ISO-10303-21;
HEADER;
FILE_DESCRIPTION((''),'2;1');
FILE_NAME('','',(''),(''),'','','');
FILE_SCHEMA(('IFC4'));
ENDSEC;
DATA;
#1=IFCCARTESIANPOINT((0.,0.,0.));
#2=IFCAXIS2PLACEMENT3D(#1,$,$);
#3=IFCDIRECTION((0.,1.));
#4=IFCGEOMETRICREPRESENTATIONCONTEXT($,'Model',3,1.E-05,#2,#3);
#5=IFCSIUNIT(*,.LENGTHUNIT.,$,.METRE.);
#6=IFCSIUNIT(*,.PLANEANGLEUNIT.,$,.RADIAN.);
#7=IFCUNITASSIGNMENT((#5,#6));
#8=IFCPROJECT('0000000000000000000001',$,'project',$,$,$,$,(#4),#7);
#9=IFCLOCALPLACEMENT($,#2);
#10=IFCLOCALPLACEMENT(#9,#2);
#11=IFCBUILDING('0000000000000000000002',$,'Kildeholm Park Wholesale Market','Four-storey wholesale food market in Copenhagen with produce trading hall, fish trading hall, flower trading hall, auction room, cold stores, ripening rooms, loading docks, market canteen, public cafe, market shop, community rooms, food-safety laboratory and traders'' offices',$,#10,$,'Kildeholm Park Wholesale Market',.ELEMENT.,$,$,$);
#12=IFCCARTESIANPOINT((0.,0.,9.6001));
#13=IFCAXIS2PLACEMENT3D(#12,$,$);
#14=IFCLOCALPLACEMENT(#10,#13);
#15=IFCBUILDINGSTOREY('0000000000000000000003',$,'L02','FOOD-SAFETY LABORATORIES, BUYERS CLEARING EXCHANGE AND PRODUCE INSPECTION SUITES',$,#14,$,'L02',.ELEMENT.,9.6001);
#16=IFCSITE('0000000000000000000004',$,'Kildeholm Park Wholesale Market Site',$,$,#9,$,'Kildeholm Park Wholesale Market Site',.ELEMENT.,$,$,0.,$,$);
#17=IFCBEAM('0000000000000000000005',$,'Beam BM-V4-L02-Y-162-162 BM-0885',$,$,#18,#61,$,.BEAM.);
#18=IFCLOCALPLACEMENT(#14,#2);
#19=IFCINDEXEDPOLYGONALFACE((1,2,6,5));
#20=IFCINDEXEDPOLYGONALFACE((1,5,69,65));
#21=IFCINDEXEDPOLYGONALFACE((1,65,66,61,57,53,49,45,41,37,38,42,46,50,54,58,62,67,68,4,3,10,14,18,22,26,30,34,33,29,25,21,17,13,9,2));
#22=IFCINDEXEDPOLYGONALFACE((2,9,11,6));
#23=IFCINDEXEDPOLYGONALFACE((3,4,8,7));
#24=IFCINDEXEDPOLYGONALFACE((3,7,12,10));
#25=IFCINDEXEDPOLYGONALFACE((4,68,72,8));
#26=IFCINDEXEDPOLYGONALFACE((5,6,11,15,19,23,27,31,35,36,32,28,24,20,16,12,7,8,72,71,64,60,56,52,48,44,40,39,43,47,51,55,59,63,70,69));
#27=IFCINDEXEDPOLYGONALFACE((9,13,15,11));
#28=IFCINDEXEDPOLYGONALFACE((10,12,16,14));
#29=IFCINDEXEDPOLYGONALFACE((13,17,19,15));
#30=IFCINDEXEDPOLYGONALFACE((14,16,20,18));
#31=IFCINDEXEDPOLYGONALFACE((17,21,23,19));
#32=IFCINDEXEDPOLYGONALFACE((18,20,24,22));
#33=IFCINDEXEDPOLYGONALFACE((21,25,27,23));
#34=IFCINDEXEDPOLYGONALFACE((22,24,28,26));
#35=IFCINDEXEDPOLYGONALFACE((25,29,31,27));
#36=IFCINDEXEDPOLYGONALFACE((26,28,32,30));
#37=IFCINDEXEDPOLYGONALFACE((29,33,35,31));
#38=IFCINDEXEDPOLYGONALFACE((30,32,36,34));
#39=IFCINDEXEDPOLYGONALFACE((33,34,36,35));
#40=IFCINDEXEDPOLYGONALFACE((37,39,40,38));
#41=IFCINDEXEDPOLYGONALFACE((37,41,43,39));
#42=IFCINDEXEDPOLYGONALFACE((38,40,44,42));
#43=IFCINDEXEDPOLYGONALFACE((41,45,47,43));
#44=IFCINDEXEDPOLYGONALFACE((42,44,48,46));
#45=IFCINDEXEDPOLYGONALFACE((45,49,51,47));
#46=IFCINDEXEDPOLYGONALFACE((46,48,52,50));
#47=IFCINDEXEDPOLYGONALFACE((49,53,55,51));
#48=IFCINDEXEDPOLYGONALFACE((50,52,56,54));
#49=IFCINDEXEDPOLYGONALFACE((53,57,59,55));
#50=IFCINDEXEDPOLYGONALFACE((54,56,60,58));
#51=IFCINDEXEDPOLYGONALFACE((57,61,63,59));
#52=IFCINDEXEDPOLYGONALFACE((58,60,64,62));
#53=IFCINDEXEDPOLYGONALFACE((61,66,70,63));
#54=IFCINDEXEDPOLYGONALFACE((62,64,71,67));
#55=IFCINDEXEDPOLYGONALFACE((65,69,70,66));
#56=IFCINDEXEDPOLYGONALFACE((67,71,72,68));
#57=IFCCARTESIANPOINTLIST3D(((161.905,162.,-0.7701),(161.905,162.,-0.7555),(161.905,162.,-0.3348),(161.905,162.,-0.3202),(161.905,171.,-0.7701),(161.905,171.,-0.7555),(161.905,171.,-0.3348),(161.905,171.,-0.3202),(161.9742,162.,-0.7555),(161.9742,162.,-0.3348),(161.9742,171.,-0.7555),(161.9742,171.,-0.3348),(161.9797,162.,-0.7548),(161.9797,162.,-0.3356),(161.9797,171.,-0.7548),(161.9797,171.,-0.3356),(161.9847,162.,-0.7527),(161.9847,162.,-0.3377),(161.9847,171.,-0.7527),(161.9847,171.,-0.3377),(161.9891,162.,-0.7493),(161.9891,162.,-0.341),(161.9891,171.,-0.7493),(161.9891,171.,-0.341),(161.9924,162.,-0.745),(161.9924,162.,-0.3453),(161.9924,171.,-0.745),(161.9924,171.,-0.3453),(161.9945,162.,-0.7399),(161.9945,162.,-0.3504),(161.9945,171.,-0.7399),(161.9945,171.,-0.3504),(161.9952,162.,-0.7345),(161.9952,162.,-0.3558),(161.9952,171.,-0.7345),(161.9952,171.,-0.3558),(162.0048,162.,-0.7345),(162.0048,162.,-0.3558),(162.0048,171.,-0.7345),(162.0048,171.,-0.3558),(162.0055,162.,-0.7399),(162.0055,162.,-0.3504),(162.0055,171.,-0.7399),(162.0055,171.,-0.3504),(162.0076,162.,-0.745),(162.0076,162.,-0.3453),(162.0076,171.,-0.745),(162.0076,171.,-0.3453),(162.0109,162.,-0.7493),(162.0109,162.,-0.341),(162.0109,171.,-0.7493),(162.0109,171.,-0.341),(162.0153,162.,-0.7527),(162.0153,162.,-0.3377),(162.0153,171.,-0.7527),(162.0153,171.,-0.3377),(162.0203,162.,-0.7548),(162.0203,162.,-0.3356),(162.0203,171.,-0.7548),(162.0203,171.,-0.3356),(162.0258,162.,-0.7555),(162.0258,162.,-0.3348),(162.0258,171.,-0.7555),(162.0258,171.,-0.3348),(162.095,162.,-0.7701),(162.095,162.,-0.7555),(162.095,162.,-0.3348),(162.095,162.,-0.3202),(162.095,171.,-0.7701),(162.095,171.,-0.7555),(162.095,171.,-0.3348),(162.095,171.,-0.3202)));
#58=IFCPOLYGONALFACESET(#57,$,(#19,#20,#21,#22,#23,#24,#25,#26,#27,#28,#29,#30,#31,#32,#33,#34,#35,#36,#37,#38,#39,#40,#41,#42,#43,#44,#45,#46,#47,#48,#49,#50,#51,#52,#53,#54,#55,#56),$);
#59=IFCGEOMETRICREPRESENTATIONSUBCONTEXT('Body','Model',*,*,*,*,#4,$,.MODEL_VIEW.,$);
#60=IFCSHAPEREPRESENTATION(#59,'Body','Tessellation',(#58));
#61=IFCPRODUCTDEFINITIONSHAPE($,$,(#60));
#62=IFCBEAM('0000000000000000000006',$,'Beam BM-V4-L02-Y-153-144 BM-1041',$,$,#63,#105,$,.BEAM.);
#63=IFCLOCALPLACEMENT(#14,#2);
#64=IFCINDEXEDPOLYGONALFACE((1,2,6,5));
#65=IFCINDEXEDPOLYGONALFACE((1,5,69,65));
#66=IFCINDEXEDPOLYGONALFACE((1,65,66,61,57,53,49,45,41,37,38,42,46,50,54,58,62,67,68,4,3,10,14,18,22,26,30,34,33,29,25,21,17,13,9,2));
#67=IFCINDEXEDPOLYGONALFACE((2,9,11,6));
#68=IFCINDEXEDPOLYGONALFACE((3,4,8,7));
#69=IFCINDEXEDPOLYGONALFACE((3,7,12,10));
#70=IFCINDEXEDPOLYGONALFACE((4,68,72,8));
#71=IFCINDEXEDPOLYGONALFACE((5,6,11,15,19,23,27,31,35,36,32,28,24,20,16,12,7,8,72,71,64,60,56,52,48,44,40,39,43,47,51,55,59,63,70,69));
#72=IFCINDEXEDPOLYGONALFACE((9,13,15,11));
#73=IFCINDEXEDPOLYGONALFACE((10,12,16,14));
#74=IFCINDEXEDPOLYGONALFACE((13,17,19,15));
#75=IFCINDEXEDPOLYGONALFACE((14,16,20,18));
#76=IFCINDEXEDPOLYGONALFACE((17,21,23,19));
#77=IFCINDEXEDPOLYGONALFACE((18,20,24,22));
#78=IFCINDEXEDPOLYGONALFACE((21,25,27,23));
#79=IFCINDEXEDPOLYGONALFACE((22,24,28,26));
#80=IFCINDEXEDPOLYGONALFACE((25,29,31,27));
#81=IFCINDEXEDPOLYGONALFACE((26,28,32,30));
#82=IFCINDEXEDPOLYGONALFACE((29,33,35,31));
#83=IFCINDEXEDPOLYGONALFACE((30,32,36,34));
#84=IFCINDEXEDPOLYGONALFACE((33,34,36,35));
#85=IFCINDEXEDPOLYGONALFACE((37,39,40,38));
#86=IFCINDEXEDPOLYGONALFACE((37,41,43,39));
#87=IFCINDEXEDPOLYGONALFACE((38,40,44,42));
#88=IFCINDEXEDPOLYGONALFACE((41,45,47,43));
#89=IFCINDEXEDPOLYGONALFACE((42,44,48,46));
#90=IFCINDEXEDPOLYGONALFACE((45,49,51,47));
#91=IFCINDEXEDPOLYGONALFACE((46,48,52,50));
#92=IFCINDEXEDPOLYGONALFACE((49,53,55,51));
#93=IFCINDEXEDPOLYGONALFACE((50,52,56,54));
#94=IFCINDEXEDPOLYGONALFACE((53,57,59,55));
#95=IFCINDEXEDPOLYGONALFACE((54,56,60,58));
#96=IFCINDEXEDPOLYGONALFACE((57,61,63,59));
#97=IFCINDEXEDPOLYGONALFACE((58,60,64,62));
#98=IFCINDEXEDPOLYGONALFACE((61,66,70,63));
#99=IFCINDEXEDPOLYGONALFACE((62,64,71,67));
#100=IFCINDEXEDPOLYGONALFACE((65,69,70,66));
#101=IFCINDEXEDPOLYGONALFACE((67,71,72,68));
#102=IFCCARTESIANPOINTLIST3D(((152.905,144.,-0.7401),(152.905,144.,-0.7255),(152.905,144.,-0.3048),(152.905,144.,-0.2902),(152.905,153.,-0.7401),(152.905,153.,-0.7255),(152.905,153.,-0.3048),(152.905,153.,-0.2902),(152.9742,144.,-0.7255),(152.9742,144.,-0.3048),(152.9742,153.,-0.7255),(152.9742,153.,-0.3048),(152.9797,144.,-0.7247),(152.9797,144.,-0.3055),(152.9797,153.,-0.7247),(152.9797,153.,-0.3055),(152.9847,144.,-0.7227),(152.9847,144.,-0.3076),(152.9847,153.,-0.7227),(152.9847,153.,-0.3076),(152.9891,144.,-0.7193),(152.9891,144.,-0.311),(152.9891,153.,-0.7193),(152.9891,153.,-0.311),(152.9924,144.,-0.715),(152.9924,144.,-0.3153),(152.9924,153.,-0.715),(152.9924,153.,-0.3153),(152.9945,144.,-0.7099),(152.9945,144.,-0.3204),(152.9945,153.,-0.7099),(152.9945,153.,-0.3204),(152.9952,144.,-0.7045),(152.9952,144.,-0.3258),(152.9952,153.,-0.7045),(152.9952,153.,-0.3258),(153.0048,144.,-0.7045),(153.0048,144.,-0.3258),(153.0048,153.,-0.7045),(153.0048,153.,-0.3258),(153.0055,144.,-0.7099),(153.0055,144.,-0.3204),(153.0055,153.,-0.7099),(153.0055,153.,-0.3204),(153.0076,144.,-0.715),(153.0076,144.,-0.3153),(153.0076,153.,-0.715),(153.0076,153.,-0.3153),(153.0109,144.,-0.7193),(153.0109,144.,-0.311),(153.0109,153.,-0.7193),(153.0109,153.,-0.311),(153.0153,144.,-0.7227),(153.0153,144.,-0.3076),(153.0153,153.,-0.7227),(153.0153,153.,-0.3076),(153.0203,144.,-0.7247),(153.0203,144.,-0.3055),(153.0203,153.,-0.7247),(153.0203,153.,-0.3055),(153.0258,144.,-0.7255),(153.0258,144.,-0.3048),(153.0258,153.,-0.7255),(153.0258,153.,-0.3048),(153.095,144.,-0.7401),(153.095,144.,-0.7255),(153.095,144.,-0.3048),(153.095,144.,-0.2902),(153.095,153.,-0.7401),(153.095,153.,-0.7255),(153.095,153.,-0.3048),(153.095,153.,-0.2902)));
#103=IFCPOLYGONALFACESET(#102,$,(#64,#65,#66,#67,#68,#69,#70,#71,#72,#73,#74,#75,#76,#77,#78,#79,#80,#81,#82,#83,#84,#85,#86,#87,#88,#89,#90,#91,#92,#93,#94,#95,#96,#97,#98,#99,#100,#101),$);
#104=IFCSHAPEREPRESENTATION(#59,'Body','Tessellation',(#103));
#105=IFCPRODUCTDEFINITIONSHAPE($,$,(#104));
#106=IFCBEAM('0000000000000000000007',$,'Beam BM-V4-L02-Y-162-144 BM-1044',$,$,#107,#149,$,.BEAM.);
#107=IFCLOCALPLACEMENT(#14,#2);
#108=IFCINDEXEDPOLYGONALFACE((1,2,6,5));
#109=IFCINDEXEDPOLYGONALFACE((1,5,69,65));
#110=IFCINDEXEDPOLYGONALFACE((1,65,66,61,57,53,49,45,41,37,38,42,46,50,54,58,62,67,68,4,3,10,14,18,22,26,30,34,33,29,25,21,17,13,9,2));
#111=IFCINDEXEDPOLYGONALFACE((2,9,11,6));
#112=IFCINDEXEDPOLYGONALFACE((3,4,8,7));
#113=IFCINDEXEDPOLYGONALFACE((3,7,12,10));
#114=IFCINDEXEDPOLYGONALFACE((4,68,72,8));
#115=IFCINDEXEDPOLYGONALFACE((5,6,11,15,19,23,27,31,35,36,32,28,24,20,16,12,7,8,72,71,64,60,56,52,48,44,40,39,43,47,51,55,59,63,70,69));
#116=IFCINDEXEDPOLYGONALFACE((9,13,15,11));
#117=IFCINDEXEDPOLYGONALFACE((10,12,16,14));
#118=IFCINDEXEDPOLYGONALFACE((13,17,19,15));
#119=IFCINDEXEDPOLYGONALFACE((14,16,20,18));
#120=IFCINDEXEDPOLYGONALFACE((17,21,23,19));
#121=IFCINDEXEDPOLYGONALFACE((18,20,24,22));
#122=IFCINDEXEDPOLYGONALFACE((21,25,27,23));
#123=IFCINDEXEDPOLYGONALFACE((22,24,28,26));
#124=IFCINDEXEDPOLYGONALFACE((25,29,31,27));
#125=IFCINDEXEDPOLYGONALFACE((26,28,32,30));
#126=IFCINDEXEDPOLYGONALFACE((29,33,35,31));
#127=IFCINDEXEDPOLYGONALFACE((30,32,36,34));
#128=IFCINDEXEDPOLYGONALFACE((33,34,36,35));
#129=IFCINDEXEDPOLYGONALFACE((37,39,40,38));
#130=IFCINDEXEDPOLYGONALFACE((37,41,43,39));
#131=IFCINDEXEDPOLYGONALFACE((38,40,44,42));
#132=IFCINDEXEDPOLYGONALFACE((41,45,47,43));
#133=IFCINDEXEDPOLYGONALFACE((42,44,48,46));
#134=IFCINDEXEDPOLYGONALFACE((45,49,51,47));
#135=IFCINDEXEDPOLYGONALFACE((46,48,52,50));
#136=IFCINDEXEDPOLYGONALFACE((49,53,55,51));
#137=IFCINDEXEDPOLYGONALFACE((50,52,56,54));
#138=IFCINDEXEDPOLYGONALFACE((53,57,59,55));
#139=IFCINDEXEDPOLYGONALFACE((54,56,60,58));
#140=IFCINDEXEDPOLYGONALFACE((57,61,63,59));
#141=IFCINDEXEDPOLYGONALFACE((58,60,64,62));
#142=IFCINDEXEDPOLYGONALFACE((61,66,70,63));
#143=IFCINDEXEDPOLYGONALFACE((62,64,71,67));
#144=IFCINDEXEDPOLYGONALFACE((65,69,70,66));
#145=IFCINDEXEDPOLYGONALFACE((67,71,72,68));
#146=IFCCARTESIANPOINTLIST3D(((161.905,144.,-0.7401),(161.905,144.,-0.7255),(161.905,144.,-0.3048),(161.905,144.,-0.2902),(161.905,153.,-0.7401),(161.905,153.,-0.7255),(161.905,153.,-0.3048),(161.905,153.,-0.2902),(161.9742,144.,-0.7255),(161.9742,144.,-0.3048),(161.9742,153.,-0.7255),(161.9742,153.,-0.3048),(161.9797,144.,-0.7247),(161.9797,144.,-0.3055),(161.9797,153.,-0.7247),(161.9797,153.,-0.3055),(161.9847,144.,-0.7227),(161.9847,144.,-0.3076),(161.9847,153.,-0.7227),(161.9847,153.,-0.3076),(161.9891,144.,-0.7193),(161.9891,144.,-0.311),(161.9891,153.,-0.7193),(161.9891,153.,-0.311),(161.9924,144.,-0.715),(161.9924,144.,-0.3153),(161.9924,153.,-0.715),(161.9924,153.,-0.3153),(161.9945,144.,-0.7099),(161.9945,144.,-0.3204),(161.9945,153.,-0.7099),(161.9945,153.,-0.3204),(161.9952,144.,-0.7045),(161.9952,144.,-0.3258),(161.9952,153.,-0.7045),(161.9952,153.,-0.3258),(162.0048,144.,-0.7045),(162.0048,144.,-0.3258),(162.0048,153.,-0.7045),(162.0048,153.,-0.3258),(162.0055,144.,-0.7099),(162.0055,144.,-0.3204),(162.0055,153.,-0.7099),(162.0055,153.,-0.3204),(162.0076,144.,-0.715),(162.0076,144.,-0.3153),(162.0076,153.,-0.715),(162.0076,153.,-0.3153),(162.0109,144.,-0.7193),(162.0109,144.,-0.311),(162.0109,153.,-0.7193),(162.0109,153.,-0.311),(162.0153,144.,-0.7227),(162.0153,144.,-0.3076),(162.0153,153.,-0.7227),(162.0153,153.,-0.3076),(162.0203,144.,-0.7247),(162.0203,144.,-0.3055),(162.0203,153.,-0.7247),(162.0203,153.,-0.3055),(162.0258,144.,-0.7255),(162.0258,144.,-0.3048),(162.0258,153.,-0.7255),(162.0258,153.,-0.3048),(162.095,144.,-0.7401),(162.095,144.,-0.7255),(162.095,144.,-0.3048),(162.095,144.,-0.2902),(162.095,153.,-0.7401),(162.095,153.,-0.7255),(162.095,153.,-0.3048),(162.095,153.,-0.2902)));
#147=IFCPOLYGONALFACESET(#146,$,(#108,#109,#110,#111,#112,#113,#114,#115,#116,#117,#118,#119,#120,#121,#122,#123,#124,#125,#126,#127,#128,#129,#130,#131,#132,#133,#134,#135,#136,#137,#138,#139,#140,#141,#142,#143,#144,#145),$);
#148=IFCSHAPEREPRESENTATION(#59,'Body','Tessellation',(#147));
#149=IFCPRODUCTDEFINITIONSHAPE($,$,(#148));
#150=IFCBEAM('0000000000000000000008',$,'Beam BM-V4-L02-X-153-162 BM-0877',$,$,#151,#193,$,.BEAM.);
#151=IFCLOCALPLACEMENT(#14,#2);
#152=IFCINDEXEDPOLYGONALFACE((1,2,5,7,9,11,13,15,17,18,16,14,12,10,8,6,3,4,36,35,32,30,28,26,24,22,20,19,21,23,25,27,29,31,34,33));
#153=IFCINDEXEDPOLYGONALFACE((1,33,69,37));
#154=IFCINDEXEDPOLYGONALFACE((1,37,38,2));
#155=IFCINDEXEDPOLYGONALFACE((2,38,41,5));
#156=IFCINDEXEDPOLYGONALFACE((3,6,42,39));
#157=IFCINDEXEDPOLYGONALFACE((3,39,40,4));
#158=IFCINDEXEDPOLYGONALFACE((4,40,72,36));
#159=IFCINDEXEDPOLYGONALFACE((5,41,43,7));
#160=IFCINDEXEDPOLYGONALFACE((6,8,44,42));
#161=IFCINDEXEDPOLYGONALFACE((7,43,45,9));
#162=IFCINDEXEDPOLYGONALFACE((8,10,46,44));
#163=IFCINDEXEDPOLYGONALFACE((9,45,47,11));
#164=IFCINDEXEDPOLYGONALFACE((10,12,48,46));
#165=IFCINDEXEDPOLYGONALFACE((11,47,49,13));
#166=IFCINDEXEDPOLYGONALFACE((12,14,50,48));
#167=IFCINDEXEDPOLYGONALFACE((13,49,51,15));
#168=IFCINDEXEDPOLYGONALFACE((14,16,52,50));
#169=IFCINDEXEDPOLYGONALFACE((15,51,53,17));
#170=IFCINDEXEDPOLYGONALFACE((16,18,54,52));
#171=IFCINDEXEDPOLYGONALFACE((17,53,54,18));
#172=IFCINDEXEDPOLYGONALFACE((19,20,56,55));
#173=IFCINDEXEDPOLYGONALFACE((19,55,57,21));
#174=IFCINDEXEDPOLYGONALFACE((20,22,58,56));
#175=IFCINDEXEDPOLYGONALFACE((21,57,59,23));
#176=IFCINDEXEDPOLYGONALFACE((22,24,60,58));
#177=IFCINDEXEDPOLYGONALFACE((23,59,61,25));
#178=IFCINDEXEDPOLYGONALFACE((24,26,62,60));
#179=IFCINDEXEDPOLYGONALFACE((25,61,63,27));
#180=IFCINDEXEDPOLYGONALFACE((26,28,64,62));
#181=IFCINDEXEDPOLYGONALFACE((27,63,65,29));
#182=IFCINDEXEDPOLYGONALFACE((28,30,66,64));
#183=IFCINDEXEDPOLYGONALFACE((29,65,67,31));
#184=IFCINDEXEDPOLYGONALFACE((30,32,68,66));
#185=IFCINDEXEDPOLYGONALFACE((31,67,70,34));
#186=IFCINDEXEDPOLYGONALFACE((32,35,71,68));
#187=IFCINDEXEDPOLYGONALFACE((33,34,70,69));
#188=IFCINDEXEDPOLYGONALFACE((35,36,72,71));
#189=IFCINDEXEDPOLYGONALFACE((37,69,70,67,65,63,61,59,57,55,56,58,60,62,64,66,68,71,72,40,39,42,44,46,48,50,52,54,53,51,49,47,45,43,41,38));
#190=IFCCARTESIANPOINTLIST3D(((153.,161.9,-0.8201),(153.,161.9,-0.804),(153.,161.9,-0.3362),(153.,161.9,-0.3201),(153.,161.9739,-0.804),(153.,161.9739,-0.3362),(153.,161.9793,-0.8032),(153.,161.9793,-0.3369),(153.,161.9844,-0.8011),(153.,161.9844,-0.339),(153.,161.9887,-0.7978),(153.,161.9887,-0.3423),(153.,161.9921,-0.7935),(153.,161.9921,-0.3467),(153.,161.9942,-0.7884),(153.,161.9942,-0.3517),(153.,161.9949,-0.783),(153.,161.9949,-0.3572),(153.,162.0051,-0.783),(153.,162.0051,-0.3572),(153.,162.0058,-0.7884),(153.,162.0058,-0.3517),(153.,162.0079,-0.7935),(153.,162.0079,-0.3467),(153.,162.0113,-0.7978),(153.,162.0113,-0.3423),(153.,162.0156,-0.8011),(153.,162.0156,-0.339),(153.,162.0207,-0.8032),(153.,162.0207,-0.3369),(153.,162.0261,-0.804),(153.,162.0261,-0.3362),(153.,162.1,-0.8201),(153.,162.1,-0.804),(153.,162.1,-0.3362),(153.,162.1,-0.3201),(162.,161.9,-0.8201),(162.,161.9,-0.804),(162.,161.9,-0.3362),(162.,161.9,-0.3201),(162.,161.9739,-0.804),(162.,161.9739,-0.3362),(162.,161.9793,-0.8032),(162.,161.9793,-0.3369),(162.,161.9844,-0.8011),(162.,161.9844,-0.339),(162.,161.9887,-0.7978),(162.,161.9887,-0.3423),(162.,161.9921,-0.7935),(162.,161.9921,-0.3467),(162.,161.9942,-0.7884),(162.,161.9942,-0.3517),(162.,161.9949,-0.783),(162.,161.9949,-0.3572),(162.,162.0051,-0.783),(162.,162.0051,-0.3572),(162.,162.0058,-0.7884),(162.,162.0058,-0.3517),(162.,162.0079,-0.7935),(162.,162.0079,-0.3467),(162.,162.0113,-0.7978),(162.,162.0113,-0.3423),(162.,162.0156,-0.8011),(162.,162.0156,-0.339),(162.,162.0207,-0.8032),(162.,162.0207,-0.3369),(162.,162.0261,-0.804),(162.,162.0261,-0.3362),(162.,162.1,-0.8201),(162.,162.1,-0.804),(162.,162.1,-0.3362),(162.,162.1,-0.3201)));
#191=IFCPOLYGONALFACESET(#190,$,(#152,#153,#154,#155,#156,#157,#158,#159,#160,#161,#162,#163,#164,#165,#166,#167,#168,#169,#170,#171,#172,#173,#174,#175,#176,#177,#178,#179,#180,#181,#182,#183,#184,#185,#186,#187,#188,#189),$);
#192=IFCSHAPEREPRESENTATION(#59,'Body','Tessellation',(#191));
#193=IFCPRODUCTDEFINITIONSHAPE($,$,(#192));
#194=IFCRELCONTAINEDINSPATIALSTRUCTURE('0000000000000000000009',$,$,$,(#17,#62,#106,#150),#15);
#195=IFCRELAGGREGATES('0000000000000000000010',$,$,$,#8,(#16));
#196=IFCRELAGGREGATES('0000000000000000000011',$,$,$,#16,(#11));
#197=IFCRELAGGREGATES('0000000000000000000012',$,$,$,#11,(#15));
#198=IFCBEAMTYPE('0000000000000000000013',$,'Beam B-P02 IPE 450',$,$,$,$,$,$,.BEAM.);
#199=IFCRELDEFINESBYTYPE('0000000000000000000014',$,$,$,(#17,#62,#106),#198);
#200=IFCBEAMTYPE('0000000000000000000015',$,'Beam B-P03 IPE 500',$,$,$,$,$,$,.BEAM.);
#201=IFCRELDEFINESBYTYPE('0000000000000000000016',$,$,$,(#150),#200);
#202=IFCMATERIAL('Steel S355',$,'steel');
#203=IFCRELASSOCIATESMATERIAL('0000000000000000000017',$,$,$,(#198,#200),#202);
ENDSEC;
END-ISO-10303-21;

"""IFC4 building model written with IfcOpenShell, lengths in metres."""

from ifc_helpers import new_model, si_unit, direction, frame, origin, origin_2d, place, context, subcontext, project, spatial, i_section, extrude, material, material_profile, profile_set, type_object, element, save


model = new_model("IFC4")

# Units and contexts
model_context = context("Model", 3, precision=1e-05, world=origin(), true_north=direction((0.0, 1.0)))
body_context = subcontext(model_context, "Body", "Model", "MODEL_VIEW")
ifc_project = project(units=[si_unit("LENGTHUNIT", "METRE"), si_unit("PLANEANGLEUNIT", "RADIAN")], contexts=[model_context])

# Site, building, storey
site_placement = place(None, origin())
site = spatial("IfcSite", under=ifc_project, at=site_placement, Name="Kildeholm Park Wholesale Market Site", LongName="Kildeholm Park Wholesale Market Site", CompositionType="ELEMENT", RefElevation=0.0)
building_placement = place(site_placement, origin())
building = spatial("IfcBuilding", under=site, at=building_placement, Name="Kildeholm Park Wholesale Market", Description="Four-storey wholesale food market in Copenhagen with produce trading hall, fish trading hall, flower trading hall, auction room, cold stores, ripening rooms, loading docks, market canteen, public cafe, market shop, community rooms, food-safety laboratory and traders' offices", LongName="Kildeholm Park Wholesale Market", CompositionType="ELEMENT")
storey_placement = place(building_placement, frame((0.0, 0.0, 9.6001)))
storey = spatial("IfcBuildingStorey", under=building, at=storey_placement, Name="L02", Description="FOOD-SAFETY LABORATORIES, BUYERS CLEARING EXCHANGE AND PRODUCE INSPECTION SUITES", LongName="L02", CompositionType="ELEMENT", Elevation=9.6001)

# Beams
ifc_material_1 = material(Name="Steel S355", Category="steel")
ifc_material_profile_1 = material_profile(ifc_material_1, i_section(OverallWidth=0.1899, OverallDepth=0.45, WebThickness=0.0095, FlangeThickness=0.0146, FilletRadius=0.021, at=origin_2d()), Name="IPE 450")
ifc_profile_set_1 = profile_set([ifc_material_profile_1], Name="Steel S355")
beam_type_1 = type_object("IfcBeamType", Name="Beam B-P02 IPE 450", PredefinedType="BEAM", material=ifc_profile_set_1)
for number, where, z_axis, x_axis, name in (
    (1, (162.0, 162.0, -0.5452), (0.0, 1.0, 0.0), (-1.0, 0.0, 0.0), "Beam BM-V4-L02-Y-162-162 BM-0885"),
    (2, (153.0, 144.0, -0.5151), (0.0, 1.0, 0.0), (-1.0, 0.0, 0.0), "Beam BM-V4-L02-Y-153-144 BM-1041"),
    (3, (162.0, 144.0, -0.5151), (0.0, 1.0, 0.0), (-1.0, 0.0, 0.0), "Beam BM-V4-L02-Y-162-144 BM-1044"),
):
    element("IfcBeam", number, at=place(storey_placement, frame(where, z_axis=z_axis, x_axis=x_axis)), inside=storey, type_object=beam_type_1, Name=name, PredefinedType="BEAM", context=body_context, shape_type="SweptSolid", body=[
        extrude(i_section(OverallWidth=0.1899, OverallDepth=0.45, WebThickness=0.0095, FlangeThickness=0.0146, FilletRadius=0.021, at=origin_2d()), origin(), (0.0, 0.0, 1.0), 9.0),
    ])
ifc_material_profile_2 = material_profile(ifc_material_1, i_section(OverallWidth=0.2, OverallDepth=0.5, WebThickness=0.0103, FlangeThickness=0.0161, FilletRadius=0.021, at=origin_2d()), Name="IPE 500")
ifc_profile_set_2 = profile_set([ifc_material_profile_2], Name="Steel S355")
beam_type_2 = type_object("IfcBeamType", Name="Beam B-P03 IPE 500", PredefinedType="BEAM", material=ifc_profile_set_2)
beam_1_placement = place(storey_placement, frame((153.0, 162.0, -0.5701), z_axis=(1.0, 0.0, 0.0), x_axis=(0.0, 1.0, 0.0)))
element("IfcBeam", 4, at=beam_1_placement, inside=storey, type_object=beam_type_2, Name="Beam BM-V4-L02-X-153-162 BM-0877", PredefinedType="BEAM", context=body_context, shape_type="SweptSolid", body=[
    extrude(i_section(OverallWidth=0.2, OverallDepth=0.5, WebThickness=0.0103, FlangeThickness=0.0161, FilletRadius=0.021, at=origin_2d()), origin(), (0.0, 0.0, 1.0), 9.0),
])

save(model, "model.ifc")
